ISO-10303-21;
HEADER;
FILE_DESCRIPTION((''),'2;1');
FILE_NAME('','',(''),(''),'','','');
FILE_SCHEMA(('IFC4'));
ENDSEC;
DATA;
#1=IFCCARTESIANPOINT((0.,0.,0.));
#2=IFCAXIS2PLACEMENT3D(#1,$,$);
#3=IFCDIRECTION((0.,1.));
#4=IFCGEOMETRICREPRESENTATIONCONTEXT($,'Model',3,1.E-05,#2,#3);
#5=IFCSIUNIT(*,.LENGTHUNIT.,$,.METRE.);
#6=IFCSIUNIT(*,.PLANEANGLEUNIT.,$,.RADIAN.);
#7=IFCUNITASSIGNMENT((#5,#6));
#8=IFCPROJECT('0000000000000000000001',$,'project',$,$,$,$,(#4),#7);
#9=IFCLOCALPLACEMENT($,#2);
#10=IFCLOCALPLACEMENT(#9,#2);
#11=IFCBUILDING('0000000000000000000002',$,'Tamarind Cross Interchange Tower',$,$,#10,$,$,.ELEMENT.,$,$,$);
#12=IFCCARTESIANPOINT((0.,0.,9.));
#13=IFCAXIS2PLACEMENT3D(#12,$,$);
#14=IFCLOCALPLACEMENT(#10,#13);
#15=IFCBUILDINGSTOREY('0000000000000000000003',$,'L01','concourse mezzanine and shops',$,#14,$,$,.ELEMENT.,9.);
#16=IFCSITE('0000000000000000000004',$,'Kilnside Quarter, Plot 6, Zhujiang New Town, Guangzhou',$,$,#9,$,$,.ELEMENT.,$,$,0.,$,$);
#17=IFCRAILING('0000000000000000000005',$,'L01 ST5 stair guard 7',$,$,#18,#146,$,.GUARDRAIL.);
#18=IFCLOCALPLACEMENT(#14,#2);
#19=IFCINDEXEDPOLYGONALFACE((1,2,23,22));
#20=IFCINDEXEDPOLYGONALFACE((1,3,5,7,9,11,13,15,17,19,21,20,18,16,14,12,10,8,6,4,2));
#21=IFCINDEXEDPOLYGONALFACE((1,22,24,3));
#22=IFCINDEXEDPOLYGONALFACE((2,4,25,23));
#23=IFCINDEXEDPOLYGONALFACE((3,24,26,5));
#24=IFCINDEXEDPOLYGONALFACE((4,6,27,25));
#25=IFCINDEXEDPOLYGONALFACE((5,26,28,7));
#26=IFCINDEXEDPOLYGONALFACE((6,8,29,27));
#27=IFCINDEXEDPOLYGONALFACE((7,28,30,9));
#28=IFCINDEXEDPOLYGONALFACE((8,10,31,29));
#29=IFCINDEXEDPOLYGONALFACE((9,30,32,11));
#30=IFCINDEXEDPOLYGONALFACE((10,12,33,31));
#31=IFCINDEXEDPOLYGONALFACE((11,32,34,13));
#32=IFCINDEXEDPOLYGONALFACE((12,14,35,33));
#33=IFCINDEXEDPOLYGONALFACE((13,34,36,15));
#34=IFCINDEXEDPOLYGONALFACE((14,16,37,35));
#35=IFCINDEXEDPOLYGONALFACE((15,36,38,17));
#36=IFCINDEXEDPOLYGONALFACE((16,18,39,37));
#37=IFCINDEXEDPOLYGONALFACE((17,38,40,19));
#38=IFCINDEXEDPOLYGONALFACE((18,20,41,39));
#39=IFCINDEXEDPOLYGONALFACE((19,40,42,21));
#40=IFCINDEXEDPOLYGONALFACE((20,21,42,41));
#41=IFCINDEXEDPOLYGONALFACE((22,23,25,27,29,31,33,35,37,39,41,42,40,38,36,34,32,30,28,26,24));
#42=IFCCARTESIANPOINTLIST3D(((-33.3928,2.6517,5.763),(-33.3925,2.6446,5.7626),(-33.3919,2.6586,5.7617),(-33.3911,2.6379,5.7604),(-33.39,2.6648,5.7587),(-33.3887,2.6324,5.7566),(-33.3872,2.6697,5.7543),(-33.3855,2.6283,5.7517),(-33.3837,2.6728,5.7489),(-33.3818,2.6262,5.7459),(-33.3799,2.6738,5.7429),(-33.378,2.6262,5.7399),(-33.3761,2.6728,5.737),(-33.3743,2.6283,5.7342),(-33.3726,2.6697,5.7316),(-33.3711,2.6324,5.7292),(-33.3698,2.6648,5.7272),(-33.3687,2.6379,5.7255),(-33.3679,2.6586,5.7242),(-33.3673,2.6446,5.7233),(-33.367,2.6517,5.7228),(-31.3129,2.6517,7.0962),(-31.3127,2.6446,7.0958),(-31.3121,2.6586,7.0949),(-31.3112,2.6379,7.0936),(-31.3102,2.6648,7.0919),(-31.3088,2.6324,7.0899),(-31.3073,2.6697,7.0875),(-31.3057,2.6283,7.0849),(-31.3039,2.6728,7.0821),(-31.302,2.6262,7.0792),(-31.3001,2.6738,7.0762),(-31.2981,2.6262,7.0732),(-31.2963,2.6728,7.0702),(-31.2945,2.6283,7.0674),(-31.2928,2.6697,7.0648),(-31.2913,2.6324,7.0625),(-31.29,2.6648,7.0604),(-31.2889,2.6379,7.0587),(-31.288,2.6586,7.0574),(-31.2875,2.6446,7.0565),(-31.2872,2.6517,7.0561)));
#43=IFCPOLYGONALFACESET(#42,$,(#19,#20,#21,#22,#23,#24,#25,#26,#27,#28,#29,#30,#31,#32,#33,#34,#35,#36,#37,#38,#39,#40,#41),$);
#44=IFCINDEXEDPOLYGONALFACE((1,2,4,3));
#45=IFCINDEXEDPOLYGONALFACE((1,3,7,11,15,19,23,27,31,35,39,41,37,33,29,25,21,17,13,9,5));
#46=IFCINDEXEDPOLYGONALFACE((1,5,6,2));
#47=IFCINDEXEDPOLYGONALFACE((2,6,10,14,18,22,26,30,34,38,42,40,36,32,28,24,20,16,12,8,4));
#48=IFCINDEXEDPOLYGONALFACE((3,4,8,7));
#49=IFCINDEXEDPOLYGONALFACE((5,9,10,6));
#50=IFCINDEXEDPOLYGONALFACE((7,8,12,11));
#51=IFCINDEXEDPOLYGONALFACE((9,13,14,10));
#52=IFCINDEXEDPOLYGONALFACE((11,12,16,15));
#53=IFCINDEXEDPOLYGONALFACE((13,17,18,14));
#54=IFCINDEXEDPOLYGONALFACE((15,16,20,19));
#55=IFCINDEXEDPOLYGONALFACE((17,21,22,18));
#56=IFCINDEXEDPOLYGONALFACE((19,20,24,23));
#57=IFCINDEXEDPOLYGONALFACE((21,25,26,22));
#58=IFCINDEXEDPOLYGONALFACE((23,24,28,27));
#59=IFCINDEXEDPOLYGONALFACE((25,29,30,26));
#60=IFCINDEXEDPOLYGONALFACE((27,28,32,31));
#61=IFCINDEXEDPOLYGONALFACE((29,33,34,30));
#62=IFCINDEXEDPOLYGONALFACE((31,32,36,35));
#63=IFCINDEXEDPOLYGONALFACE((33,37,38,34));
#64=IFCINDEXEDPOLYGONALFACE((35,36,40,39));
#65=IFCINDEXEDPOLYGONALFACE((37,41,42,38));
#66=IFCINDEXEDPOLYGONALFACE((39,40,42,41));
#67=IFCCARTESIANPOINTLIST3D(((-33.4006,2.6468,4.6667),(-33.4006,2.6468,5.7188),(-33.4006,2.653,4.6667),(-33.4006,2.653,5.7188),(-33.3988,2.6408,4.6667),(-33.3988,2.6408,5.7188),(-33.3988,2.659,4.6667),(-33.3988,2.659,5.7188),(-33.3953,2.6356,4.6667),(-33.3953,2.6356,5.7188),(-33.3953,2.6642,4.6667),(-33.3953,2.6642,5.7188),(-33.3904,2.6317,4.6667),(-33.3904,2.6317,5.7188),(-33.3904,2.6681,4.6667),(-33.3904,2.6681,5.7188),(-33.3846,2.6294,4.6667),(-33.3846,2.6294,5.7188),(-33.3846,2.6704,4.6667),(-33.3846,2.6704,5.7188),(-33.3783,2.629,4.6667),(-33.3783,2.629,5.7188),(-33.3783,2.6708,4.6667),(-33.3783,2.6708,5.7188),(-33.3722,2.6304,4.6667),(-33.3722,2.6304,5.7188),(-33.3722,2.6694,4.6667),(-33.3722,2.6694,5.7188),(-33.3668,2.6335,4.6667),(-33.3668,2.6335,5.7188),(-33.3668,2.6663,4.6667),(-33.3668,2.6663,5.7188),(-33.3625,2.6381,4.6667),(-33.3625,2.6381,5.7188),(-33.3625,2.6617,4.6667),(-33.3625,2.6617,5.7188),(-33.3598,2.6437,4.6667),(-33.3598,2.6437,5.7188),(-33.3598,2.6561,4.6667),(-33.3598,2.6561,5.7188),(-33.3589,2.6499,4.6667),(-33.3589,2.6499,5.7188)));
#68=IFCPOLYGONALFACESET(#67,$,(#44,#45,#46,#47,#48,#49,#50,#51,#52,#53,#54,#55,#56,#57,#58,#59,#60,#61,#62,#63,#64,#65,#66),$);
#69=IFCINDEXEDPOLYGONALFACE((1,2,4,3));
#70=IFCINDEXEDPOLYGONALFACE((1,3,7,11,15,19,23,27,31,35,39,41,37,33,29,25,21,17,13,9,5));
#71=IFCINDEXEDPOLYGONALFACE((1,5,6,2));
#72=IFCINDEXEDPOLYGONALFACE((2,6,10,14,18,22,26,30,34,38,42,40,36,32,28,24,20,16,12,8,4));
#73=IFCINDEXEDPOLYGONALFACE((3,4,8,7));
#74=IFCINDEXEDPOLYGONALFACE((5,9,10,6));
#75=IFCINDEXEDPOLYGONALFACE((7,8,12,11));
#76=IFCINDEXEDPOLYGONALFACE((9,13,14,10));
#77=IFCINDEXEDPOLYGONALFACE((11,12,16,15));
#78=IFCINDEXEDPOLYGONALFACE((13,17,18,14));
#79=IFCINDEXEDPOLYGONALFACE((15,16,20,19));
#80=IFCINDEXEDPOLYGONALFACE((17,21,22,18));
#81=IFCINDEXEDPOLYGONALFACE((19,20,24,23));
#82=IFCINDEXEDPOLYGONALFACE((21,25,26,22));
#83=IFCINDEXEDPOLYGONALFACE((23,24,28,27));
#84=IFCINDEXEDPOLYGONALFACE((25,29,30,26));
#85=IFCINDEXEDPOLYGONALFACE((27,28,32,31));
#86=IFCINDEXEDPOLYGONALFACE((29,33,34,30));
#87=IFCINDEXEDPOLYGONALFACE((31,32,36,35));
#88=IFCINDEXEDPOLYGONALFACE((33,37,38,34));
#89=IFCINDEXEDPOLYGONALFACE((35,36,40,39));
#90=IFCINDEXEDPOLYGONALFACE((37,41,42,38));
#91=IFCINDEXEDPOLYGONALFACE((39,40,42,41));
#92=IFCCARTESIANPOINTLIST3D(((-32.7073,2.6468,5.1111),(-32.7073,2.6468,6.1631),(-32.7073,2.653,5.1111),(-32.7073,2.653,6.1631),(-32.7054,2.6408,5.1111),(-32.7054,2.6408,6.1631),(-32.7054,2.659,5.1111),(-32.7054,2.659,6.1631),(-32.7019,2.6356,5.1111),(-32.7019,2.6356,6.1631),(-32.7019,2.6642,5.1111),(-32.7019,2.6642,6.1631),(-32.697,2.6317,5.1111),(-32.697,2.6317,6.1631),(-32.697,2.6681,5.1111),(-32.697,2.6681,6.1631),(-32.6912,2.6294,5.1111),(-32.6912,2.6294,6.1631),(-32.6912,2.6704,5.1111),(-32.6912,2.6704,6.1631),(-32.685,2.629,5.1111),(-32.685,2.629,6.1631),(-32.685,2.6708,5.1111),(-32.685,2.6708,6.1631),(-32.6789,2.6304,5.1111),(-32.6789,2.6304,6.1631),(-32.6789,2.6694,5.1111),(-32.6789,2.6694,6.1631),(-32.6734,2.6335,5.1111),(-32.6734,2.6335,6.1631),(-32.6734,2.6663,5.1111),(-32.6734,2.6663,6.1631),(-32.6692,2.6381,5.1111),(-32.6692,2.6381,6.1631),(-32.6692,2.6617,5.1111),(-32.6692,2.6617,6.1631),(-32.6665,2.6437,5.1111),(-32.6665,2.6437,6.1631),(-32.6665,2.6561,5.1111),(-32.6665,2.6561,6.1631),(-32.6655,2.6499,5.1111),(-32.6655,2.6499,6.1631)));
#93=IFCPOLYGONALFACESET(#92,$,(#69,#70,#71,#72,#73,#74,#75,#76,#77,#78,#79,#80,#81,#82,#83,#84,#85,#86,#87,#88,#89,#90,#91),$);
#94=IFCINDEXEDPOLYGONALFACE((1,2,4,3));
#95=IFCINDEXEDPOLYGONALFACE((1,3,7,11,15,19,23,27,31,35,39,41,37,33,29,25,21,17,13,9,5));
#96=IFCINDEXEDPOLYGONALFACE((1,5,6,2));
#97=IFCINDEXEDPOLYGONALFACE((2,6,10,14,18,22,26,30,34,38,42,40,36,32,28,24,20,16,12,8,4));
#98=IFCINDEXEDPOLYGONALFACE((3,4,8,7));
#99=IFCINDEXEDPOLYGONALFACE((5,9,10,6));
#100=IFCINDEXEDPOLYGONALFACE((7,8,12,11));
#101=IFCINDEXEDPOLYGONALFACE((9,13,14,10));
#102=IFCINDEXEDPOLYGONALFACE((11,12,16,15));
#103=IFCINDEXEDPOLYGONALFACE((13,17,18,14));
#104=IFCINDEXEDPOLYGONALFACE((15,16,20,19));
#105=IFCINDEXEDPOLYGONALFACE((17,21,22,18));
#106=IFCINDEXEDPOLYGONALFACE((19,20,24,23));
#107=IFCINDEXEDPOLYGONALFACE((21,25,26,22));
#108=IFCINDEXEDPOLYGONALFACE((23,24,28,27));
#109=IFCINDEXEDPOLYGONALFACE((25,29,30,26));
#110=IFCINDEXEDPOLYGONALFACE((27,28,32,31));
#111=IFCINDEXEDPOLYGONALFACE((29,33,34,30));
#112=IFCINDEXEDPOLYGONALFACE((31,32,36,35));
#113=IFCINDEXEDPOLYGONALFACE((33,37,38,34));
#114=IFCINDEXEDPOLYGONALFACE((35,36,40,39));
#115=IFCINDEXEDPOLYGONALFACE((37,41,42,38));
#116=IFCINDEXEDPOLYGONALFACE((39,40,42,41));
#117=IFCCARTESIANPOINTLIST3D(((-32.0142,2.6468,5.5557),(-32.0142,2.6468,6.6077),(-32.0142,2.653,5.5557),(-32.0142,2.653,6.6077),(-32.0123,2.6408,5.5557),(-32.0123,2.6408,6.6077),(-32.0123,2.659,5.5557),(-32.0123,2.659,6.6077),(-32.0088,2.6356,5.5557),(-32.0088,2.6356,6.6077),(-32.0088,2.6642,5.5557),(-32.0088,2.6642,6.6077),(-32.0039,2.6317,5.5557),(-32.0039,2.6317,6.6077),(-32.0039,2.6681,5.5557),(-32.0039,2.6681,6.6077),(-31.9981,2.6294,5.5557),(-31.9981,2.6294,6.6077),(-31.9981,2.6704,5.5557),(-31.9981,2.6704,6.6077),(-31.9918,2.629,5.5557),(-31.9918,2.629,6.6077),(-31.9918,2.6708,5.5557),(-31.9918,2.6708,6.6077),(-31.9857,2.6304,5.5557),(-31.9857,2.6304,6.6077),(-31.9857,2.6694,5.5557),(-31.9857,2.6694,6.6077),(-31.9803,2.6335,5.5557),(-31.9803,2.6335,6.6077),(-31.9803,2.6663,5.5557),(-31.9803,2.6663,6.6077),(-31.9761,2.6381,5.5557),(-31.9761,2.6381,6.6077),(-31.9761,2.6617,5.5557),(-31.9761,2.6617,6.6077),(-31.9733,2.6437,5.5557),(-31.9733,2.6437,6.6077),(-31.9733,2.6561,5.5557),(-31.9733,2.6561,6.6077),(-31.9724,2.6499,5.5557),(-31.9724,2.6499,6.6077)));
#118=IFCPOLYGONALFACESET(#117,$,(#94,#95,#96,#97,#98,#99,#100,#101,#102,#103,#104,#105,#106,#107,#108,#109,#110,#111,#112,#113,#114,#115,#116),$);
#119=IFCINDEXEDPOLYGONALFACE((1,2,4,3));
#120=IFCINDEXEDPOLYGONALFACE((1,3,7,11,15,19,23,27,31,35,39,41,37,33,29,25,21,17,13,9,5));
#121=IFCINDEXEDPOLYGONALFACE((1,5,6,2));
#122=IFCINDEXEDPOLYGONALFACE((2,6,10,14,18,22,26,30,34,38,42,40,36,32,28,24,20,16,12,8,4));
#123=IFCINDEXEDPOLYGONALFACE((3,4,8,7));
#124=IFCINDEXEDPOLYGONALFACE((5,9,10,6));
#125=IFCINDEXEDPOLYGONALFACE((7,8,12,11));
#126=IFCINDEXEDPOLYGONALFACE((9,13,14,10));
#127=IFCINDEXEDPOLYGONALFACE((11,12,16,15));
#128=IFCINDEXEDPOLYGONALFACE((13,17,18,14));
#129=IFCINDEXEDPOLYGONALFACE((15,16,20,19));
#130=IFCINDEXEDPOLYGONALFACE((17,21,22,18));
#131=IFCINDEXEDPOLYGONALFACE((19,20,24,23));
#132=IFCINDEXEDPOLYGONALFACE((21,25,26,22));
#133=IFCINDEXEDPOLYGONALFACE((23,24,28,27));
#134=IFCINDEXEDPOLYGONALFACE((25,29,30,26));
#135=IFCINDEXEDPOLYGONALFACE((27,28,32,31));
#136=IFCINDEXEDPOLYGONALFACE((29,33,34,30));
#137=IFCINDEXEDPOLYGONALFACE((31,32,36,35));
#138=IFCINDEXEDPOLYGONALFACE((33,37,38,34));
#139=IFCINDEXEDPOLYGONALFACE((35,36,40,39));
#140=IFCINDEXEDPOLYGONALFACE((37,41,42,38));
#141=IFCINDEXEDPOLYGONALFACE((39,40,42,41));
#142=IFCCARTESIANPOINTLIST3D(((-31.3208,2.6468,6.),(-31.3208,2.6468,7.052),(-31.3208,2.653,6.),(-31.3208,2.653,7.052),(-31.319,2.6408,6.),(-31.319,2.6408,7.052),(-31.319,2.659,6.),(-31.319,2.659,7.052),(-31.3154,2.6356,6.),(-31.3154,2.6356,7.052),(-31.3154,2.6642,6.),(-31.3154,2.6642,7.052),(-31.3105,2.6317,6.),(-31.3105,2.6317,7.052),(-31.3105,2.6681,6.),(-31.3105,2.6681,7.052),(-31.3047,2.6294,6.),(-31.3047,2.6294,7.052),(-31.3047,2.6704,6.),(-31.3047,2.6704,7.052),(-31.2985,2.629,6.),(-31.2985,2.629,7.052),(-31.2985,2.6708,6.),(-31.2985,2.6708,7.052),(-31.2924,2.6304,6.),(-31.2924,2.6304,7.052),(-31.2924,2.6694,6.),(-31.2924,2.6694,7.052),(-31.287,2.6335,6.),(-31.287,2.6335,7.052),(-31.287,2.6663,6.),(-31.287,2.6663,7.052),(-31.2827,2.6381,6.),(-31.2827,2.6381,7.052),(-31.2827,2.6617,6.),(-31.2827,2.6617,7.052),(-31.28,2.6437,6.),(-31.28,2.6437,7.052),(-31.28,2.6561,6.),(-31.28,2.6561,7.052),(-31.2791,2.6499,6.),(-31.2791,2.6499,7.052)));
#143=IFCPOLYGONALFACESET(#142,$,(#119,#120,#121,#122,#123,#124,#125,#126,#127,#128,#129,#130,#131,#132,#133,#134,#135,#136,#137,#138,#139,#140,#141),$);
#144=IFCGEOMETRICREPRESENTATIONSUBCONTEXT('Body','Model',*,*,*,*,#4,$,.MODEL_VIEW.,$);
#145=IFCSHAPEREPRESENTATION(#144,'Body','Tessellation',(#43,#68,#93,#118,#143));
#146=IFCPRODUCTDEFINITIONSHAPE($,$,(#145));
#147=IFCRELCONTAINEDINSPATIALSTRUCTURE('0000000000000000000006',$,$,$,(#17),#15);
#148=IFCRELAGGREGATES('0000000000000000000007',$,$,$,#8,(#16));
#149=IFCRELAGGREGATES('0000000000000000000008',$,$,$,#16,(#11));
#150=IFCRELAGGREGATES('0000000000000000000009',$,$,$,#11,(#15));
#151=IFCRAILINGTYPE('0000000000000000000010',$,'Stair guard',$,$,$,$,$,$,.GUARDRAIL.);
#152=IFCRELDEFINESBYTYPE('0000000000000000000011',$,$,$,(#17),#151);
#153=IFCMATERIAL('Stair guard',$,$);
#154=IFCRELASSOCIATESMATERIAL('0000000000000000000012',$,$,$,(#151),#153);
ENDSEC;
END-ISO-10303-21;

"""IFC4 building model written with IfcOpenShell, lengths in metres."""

from ifc_helpers import new_model, si_unit, direction, frame, origin, origin_2d, place, context, subcontext, project, spatial, circle, extrude, material, type_object, element, save


model = new_model("IFC4")

# Units and contexts
model_context = context("Model", 3, precision=1e-05, world=origin(), true_north=direction((0.0, 1.0)))
body_context = subcontext(model_context, "Body", "Model", "MODEL_VIEW")
ifc_project = project(units=[si_unit("LENGTHUNIT", "METRE"), si_unit("PLANEANGLEUNIT", "RADIAN")], contexts=[model_context])

# Site, building, storey
site_placement = place(None, origin())
site = spatial("IfcSite", under=ifc_project, at=site_placement, Name="Kilnside Quarter, Plot 6, Zhujiang New Town, Guangzhou", CompositionType="ELEMENT", RefElevation=0.0)
building_placement = place(site_placement, origin())
building = spatial("IfcBuilding", under=site, at=building_placement, Name="Tamarind Cross Interchange Tower", CompositionType="ELEMENT")
storey_placement = place(building_placement, frame((0.0, 0.0, 9.0)))
storey = spatial("IfcBuildingStorey", under=building, at=storey_placement, Name="L01", Description="concourse mezzanine and shops", CompositionType="ELEMENT", Elevation=9.0)

# Railing
ifc_material_1 = material(Name="Stair guard")
railing_type_1 = type_object("IfcRailingType", Name="Stair guard", PredefinedType="GUARDRAIL", material=ifc_material_1)
railing_1_placement = place(storey_placement, frame((-33.3799, 2.6499, 4.6667)))
element("IfcRailing", 1, at=railing_1_placement, inside=storey, type_object=railing_type_1, Name="L01 ST5 stair guard 7", PredefinedType="GUARDRAIL", context=body_context, shape_type="SweptSolid", body=[
    extrude(circle(Radius=0.0239, at=origin_2d()), frame((0.0, 0.0, 1.0762), z_axis=(0.841875, 0.0, 0.539673), x_axis=(0.0, 1.0, 0.0)), (0.0, 0.0, 1.0), 2.4705),
    extrude(circle(Radius=0.021, at=origin_2d()), origin(), (0.0, 0.0, 1.0), 1.052),
    extrude(circle(Radius=0.021, at=origin_2d()), frame((0.6934, 0.0, 0.4443)), (0.0, 0.0, 1.0), 1.052),
    extrude(circle(Radius=0.021, at=origin_2d()), frame((1.3865, 0.0, 0.8889)), (0.0, 0.0, 1.0), 1.052),
    extrude(circle(Radius=0.021, at=origin_2d()), frame((2.0798, 0.0, 1.3333)), (0.0, 0.0, 1.0), 1.052),
])

save(model, "model.ifc")
